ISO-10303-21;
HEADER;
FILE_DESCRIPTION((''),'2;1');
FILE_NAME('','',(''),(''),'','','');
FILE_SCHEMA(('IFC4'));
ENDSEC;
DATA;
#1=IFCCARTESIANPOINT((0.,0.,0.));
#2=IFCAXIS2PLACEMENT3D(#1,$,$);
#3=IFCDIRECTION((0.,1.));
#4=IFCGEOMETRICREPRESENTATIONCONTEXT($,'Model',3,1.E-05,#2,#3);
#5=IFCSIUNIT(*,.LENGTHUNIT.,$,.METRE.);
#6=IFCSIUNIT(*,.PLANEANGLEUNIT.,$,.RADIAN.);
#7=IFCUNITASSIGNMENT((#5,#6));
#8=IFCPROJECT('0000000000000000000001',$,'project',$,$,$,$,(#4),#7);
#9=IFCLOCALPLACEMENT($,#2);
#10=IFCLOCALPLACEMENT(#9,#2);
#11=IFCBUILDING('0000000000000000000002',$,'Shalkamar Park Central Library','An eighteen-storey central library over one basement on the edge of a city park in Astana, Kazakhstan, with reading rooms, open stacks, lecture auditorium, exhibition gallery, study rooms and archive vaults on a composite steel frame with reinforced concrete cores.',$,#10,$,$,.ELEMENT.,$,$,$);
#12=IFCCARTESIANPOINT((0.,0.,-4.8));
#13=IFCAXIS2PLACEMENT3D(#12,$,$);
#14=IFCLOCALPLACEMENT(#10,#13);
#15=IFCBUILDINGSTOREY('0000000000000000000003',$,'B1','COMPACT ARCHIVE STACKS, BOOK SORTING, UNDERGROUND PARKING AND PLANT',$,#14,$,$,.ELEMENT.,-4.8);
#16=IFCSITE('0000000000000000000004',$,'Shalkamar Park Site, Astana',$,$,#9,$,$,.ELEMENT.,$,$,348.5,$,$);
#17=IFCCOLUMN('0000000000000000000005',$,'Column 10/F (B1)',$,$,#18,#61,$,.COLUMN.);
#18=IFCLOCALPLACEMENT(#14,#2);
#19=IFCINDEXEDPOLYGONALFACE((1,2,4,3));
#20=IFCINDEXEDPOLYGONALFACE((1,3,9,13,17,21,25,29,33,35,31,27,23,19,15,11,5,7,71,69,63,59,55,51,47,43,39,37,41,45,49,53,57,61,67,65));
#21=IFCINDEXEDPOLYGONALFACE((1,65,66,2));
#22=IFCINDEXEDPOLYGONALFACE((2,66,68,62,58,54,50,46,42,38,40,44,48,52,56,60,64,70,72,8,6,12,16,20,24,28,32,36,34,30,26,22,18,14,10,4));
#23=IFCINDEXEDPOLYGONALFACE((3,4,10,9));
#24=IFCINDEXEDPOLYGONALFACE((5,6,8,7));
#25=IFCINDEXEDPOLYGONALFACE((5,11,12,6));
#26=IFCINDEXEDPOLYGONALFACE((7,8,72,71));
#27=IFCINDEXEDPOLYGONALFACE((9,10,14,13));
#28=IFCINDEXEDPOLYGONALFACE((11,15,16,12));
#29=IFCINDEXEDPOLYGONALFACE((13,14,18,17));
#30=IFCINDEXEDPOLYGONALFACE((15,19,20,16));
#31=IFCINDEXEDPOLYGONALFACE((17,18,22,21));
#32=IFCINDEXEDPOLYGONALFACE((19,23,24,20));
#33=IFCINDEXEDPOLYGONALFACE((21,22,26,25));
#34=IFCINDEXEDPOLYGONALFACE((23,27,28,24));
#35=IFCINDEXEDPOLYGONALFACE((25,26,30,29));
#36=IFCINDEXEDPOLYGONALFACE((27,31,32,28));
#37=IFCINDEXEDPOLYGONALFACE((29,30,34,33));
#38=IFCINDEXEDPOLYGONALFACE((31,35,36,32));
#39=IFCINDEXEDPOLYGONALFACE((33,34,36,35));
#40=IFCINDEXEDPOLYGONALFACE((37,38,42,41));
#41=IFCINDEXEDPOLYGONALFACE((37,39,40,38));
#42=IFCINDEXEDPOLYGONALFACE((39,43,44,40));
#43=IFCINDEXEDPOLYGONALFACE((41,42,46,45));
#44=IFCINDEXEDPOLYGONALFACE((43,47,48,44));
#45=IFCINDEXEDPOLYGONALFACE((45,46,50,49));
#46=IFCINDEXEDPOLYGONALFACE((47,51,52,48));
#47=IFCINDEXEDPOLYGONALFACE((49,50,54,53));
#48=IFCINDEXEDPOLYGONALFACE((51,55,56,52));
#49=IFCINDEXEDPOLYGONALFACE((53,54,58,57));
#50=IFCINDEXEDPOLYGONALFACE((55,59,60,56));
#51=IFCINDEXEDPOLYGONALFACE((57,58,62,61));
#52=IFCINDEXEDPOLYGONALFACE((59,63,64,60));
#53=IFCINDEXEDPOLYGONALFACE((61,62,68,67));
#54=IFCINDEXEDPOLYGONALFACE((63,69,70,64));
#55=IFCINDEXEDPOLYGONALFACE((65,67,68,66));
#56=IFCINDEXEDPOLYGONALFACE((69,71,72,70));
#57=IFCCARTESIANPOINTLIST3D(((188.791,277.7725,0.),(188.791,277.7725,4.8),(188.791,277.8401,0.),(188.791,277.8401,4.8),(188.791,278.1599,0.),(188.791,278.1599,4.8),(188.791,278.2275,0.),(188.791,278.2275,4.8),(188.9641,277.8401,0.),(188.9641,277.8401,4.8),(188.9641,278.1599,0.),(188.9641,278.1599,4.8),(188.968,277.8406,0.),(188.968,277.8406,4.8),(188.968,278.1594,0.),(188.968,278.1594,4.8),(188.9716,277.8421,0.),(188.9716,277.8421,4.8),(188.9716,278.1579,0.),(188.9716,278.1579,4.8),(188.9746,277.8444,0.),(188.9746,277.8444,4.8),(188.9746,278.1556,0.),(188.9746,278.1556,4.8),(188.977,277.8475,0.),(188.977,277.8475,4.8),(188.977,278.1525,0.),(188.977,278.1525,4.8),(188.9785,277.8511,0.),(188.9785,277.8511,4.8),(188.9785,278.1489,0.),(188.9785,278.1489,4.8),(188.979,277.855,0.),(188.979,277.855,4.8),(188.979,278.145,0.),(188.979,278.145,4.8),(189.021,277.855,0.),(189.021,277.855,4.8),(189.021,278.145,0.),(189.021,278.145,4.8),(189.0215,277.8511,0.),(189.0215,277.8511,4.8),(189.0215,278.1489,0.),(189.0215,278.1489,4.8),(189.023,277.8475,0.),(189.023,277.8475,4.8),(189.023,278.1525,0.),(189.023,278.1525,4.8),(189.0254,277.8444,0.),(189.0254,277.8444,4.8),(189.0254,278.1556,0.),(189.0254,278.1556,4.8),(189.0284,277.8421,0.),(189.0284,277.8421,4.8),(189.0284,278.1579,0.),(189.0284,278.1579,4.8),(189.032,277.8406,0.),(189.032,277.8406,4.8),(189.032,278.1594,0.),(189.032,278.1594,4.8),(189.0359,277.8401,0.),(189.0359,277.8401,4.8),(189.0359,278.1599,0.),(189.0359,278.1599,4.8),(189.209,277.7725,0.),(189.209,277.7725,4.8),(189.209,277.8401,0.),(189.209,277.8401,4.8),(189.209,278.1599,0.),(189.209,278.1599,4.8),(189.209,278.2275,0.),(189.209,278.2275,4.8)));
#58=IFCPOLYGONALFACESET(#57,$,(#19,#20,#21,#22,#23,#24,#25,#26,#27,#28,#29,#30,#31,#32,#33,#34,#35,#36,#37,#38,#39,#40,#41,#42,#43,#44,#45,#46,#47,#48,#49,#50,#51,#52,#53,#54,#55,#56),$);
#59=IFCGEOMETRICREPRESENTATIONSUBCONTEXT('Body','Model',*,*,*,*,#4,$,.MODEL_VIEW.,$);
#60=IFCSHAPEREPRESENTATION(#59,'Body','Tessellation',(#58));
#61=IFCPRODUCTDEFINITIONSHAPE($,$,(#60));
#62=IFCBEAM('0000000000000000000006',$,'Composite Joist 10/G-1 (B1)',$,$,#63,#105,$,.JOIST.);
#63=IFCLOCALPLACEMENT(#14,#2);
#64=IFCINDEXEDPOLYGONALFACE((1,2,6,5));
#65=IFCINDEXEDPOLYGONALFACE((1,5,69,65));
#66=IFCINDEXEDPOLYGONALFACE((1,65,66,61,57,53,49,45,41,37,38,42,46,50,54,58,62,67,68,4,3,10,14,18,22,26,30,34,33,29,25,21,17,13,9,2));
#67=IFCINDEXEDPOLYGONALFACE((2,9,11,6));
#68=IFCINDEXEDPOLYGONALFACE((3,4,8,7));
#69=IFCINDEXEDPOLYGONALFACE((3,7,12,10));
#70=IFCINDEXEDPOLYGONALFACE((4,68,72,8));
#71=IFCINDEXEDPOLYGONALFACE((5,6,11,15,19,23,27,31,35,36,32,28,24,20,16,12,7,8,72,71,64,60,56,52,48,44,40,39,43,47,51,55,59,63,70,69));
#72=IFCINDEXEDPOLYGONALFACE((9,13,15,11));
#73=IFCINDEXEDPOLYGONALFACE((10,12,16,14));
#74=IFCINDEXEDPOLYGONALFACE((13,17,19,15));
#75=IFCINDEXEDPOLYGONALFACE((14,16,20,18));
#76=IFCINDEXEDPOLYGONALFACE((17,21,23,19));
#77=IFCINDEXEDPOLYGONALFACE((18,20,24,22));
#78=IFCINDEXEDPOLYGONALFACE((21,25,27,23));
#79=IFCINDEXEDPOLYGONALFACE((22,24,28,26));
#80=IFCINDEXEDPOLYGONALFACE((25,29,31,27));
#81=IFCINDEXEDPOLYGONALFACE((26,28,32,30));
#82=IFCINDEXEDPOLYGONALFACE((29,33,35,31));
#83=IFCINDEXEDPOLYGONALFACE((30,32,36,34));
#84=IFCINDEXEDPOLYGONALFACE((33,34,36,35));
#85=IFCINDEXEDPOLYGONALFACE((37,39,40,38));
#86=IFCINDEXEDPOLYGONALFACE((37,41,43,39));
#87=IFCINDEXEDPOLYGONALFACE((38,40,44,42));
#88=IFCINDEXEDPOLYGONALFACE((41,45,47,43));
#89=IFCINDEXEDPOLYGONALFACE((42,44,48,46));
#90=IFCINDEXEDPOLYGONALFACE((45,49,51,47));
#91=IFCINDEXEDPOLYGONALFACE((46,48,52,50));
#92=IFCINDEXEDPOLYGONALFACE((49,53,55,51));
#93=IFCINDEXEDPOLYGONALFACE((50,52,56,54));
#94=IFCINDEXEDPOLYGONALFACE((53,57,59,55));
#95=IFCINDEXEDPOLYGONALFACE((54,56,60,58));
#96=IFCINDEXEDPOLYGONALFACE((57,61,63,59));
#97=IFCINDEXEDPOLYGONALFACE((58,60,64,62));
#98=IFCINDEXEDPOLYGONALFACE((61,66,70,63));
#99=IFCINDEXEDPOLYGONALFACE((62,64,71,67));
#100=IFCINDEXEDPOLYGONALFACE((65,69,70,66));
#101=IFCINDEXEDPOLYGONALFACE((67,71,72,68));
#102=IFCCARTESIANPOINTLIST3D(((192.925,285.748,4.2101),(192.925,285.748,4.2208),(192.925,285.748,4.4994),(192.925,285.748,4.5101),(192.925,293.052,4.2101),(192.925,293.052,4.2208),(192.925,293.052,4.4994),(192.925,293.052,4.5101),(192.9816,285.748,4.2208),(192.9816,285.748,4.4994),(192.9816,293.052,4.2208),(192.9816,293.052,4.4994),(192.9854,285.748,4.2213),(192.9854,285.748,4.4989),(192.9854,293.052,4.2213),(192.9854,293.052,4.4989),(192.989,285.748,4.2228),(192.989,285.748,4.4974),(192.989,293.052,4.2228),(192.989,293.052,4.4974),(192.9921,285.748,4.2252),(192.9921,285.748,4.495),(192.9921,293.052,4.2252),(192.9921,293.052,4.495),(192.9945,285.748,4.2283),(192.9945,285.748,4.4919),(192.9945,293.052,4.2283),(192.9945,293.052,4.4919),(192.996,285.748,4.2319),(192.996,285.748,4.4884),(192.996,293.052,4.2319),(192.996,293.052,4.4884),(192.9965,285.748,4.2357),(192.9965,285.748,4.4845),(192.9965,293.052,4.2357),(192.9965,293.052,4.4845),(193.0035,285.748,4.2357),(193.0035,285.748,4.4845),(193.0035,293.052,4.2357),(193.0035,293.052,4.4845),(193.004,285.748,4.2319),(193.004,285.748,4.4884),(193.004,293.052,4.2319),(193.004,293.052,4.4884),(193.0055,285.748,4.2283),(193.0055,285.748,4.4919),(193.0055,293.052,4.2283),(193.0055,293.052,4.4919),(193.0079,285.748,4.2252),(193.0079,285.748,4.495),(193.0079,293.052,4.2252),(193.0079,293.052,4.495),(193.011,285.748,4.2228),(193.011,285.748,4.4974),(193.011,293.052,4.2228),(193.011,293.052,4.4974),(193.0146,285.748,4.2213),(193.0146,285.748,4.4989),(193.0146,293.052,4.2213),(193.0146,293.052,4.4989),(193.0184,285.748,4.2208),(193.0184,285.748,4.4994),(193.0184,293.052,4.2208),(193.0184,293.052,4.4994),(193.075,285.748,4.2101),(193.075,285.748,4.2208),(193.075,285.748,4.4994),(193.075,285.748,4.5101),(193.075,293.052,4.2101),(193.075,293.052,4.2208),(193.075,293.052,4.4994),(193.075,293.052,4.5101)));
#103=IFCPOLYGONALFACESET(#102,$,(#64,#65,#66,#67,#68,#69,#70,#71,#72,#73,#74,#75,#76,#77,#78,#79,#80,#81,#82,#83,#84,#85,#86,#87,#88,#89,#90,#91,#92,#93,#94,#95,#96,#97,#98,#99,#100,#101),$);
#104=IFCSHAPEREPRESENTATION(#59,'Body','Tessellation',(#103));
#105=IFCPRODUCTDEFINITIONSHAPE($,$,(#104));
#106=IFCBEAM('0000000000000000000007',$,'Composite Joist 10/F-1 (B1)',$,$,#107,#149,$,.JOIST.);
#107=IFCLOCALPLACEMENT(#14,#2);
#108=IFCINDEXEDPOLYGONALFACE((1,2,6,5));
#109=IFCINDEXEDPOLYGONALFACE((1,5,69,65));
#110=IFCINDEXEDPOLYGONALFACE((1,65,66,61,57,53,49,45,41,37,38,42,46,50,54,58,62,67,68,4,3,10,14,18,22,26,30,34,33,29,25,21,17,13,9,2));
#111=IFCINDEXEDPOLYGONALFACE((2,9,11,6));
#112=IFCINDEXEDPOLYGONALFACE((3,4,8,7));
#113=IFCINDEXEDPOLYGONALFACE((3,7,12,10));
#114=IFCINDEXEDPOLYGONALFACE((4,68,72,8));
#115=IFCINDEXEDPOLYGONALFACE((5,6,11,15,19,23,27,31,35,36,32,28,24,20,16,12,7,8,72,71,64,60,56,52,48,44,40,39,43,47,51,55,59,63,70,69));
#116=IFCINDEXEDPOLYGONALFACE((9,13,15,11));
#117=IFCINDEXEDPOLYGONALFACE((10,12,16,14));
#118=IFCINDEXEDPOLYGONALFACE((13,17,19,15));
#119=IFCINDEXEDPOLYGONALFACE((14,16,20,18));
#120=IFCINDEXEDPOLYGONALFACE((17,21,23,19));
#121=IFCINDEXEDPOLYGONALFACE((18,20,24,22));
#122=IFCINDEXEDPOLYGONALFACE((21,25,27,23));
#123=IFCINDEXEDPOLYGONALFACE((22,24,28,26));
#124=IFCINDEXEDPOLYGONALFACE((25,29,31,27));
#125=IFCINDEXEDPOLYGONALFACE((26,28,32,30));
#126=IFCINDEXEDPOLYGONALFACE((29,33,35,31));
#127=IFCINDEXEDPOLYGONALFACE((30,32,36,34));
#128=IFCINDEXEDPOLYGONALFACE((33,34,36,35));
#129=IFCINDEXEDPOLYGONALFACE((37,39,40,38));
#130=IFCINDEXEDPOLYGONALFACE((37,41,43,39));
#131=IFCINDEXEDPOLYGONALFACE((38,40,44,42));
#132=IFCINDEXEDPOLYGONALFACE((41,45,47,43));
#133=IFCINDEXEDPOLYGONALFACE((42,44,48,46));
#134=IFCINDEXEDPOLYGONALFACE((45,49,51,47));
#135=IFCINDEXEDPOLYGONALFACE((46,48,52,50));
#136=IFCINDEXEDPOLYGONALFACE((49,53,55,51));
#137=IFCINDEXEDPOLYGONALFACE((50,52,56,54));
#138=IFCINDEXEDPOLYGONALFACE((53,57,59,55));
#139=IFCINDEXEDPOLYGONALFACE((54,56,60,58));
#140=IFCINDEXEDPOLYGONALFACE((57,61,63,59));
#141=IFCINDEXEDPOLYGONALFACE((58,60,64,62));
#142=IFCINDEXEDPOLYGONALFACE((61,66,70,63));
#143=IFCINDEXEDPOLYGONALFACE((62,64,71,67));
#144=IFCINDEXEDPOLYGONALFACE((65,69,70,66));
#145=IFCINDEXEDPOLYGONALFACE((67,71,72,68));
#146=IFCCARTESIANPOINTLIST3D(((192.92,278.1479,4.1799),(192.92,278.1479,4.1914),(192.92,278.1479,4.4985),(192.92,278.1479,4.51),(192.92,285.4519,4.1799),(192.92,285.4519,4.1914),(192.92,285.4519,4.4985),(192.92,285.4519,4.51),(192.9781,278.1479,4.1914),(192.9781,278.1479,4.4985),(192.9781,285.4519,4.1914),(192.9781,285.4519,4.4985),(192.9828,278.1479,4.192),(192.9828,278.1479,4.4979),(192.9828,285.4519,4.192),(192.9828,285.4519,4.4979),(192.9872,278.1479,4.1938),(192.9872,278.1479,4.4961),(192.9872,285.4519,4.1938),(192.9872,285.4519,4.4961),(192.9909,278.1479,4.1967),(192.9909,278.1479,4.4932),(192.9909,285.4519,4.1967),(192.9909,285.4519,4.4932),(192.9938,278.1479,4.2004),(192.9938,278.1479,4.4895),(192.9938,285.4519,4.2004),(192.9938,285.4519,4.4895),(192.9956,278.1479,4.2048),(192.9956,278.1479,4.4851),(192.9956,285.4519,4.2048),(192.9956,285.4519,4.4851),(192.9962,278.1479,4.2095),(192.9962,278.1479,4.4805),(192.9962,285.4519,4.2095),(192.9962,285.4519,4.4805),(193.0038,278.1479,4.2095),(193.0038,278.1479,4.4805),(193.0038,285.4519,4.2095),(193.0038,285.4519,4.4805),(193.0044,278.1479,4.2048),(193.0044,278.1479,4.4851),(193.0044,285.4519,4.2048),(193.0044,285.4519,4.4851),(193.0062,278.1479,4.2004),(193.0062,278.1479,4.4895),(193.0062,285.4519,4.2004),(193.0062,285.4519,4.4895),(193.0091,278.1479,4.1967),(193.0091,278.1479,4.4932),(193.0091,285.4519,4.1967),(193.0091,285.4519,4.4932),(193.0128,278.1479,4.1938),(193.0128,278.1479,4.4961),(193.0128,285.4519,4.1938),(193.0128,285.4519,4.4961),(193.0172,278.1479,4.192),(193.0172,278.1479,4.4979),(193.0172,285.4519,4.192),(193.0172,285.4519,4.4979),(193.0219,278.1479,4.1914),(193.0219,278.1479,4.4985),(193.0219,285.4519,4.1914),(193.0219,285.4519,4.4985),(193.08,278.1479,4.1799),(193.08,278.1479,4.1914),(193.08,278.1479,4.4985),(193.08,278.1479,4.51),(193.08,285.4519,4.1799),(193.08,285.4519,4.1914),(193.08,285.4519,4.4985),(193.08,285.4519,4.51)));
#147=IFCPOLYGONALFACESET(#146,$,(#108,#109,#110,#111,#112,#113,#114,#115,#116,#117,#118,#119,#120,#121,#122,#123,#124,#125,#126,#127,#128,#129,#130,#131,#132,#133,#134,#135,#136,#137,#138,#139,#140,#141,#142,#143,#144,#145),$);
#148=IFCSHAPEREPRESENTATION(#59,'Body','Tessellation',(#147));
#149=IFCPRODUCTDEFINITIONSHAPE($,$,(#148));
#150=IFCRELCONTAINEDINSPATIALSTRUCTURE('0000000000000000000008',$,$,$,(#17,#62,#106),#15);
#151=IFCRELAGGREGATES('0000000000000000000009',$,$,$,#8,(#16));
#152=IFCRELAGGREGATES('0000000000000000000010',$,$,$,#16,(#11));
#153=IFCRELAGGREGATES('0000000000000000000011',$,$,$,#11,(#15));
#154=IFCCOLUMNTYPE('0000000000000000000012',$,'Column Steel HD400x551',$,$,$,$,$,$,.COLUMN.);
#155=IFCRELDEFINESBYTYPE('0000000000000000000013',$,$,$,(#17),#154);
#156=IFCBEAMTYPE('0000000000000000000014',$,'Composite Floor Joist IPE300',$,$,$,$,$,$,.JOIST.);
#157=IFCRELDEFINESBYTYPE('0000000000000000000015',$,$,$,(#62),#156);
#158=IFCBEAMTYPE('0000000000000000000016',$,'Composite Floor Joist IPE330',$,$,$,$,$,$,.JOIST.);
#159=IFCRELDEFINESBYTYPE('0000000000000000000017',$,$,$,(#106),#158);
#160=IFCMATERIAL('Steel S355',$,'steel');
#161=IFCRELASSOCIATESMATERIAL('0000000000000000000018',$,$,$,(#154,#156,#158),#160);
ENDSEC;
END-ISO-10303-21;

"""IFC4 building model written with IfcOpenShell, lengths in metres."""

from ifc_helpers import new_model, si_unit, direction, frame, origin, origin_2d, place, context, subcontext, project, spatial, i_section, extrude, material, material_profile, profile_set, type_object, element, save


model = new_model("IFC4")

# Units and contexts
model_context = context("Model", 3, precision=1e-05, world=origin(), true_north=direction((0.0, 1.0)))
body_context = subcontext(model_context, "Body", "Model", "MODEL_VIEW")
ifc_project = project(units=[si_unit("LENGTHUNIT", "METRE"), si_unit("PLANEANGLEUNIT", "RADIAN")], contexts=[model_context])

# Site, building, storey
site_placement = place(None, origin())
site = spatial("IfcSite", under=ifc_project, at=site_placement, Name="Shalkamar Park Site, Astana", CompositionType="ELEMENT", RefElevation=348.5)
building_placement = place(site_placement, origin())
building = spatial("IfcBuilding", under=site, at=building_placement, Name="Shalkamar Park Central Library", Description="An eighteen-storey central library over one basement on the edge of a city park in Astana, Kazakhstan, with reading rooms, open stacks, lecture auditorium, exhibition gallery, study rooms and archive vaults on a composite steel frame with reinforced concrete cores.", CompositionType="ELEMENT")
storey_placement = place(building_placement, frame((0.0, 0.0, -4.8)))
storey = spatial("IfcBuildingStorey", under=building, at=storey_placement, Name="B1", Description="COMPACT ARCHIVE STACKS, BOOK SORTING, UNDERGROUND PARKING AND PLANT", CompositionType="ELEMENT", Elevation=-4.8)

# Column
ifc_material_1 = material(Name="Steel S355", Category="steel")
ifc_material_profile_1 = material_profile(ifc_material_1, i_section(OverallWidth=0.418, OverallDepth=0.4551, WebThickness=0.042, FlangeThickness=0.0676, FilletRadius=0.0149, at=origin_2d()), Name="HD 400x551")
ifc_profile_set_1 = profile_set([ifc_material_profile_1], Name="Steel S355")
column_type_1 = type_object("IfcColumnType", Name="Column Steel HD400x551", PredefinedType="COLUMN", material=ifc_profile_set_1)
column_1_placement = place(storey_placement, frame((189.0, 278.0, 0.0), z_axis=(0.0, 0.0, 1.0), x_axis=(1.0, 0.0, 0.0)))
element("IfcColumn", 1, at=column_1_placement, inside=storey, type_object=column_type_1, Name="Column 10/F (B1)", PredefinedType="COLUMN", context=body_context, shape_type="SweptSolid", body=[
    extrude(i_section(OverallWidth=0.418, OverallDepth=0.4551, WebThickness=0.042, FlangeThickness=0.0676, FilletRadius=0.0149, at=origin_2d()), origin(), (0.0, 0.0, 1.0), 4.8),
])

# Beams
ifc_material_profile_2 = material_profile(ifc_material_1, i_section(OverallWidth=0.1499, OverallDepth=0.3, WebThickness=0.0071, FlangeThickness=0.0107, FilletRadius=0.0149, at=origin_2d()), Name="IPE 300")
ifc_profile_set_2 = profile_set([ifc_material_profile_2], Name="Steel S355")
beam_type_1 = type_object("IfcBeamType", Name="Composite Floor Joist IPE300", PredefinedType="JOIST", material=ifc_profile_set_2)
beam_1_placement = place(storey_placement, frame((193.0, 285.748, 4.3601), z_axis=(0.0, 1.0, 0.0), x_axis=(-1.0, 0.0, 0.0)))
element("IfcBeam", 2, at=beam_1_placement, inside=storey, type_object=beam_type_1, Name="Composite Joist 10/G-1 (B1)", PredefinedType="JOIST", context=body_context, shape_type="SweptSolid", body=[
    extrude(i_section(OverallWidth=0.1499, OverallDepth=0.3, WebThickness=0.0071, FlangeThickness=0.0107, FilletRadius=0.0149, at=origin_2d()), origin(), (0.0, 0.0, 1.0), 7.304),
])
ifc_material_profile_3 = material_profile(ifc_material_1, i_section(OverallWidth=0.1599, OverallDepth=0.3301, WebThickness=0.0076, FlangeThickness=0.0115, FilletRadius=0.0181, at=origin_2d()), Name="IPE 330")
ifc_profile_set_3 = profile_set([ifc_material_profile_3], Name="Steel S355")
beam_type_2 = type_object("IfcBeamType", Name="Composite Floor Joist IPE330", PredefinedType="JOIST", material=ifc_profile_set_3)
beam_2_placement = place(storey_placement, frame((193.0, 278.1479, 4.345), z_axis=(0.0, 1.0, 0.0), x_axis=(-1.0, 0.0, 0.0)))
element("IfcBeam", 3, at=beam_2_placement, inside=storey, type_object=beam_type_2, Name="Composite Joist 10/F-1 (B1)", PredefinedType="JOIST", context=body_context, shape_type="SweptSolid", body=[
    extrude(i_section(OverallWidth=0.1599, OverallDepth=0.3301, WebThickness=0.0076, FlangeThickness=0.0115, FilletRadius=0.0181, at=origin_2d()), origin(), (0.0, 0.0, 1.0), 7.304),
])

save(model, "model.ifc")
